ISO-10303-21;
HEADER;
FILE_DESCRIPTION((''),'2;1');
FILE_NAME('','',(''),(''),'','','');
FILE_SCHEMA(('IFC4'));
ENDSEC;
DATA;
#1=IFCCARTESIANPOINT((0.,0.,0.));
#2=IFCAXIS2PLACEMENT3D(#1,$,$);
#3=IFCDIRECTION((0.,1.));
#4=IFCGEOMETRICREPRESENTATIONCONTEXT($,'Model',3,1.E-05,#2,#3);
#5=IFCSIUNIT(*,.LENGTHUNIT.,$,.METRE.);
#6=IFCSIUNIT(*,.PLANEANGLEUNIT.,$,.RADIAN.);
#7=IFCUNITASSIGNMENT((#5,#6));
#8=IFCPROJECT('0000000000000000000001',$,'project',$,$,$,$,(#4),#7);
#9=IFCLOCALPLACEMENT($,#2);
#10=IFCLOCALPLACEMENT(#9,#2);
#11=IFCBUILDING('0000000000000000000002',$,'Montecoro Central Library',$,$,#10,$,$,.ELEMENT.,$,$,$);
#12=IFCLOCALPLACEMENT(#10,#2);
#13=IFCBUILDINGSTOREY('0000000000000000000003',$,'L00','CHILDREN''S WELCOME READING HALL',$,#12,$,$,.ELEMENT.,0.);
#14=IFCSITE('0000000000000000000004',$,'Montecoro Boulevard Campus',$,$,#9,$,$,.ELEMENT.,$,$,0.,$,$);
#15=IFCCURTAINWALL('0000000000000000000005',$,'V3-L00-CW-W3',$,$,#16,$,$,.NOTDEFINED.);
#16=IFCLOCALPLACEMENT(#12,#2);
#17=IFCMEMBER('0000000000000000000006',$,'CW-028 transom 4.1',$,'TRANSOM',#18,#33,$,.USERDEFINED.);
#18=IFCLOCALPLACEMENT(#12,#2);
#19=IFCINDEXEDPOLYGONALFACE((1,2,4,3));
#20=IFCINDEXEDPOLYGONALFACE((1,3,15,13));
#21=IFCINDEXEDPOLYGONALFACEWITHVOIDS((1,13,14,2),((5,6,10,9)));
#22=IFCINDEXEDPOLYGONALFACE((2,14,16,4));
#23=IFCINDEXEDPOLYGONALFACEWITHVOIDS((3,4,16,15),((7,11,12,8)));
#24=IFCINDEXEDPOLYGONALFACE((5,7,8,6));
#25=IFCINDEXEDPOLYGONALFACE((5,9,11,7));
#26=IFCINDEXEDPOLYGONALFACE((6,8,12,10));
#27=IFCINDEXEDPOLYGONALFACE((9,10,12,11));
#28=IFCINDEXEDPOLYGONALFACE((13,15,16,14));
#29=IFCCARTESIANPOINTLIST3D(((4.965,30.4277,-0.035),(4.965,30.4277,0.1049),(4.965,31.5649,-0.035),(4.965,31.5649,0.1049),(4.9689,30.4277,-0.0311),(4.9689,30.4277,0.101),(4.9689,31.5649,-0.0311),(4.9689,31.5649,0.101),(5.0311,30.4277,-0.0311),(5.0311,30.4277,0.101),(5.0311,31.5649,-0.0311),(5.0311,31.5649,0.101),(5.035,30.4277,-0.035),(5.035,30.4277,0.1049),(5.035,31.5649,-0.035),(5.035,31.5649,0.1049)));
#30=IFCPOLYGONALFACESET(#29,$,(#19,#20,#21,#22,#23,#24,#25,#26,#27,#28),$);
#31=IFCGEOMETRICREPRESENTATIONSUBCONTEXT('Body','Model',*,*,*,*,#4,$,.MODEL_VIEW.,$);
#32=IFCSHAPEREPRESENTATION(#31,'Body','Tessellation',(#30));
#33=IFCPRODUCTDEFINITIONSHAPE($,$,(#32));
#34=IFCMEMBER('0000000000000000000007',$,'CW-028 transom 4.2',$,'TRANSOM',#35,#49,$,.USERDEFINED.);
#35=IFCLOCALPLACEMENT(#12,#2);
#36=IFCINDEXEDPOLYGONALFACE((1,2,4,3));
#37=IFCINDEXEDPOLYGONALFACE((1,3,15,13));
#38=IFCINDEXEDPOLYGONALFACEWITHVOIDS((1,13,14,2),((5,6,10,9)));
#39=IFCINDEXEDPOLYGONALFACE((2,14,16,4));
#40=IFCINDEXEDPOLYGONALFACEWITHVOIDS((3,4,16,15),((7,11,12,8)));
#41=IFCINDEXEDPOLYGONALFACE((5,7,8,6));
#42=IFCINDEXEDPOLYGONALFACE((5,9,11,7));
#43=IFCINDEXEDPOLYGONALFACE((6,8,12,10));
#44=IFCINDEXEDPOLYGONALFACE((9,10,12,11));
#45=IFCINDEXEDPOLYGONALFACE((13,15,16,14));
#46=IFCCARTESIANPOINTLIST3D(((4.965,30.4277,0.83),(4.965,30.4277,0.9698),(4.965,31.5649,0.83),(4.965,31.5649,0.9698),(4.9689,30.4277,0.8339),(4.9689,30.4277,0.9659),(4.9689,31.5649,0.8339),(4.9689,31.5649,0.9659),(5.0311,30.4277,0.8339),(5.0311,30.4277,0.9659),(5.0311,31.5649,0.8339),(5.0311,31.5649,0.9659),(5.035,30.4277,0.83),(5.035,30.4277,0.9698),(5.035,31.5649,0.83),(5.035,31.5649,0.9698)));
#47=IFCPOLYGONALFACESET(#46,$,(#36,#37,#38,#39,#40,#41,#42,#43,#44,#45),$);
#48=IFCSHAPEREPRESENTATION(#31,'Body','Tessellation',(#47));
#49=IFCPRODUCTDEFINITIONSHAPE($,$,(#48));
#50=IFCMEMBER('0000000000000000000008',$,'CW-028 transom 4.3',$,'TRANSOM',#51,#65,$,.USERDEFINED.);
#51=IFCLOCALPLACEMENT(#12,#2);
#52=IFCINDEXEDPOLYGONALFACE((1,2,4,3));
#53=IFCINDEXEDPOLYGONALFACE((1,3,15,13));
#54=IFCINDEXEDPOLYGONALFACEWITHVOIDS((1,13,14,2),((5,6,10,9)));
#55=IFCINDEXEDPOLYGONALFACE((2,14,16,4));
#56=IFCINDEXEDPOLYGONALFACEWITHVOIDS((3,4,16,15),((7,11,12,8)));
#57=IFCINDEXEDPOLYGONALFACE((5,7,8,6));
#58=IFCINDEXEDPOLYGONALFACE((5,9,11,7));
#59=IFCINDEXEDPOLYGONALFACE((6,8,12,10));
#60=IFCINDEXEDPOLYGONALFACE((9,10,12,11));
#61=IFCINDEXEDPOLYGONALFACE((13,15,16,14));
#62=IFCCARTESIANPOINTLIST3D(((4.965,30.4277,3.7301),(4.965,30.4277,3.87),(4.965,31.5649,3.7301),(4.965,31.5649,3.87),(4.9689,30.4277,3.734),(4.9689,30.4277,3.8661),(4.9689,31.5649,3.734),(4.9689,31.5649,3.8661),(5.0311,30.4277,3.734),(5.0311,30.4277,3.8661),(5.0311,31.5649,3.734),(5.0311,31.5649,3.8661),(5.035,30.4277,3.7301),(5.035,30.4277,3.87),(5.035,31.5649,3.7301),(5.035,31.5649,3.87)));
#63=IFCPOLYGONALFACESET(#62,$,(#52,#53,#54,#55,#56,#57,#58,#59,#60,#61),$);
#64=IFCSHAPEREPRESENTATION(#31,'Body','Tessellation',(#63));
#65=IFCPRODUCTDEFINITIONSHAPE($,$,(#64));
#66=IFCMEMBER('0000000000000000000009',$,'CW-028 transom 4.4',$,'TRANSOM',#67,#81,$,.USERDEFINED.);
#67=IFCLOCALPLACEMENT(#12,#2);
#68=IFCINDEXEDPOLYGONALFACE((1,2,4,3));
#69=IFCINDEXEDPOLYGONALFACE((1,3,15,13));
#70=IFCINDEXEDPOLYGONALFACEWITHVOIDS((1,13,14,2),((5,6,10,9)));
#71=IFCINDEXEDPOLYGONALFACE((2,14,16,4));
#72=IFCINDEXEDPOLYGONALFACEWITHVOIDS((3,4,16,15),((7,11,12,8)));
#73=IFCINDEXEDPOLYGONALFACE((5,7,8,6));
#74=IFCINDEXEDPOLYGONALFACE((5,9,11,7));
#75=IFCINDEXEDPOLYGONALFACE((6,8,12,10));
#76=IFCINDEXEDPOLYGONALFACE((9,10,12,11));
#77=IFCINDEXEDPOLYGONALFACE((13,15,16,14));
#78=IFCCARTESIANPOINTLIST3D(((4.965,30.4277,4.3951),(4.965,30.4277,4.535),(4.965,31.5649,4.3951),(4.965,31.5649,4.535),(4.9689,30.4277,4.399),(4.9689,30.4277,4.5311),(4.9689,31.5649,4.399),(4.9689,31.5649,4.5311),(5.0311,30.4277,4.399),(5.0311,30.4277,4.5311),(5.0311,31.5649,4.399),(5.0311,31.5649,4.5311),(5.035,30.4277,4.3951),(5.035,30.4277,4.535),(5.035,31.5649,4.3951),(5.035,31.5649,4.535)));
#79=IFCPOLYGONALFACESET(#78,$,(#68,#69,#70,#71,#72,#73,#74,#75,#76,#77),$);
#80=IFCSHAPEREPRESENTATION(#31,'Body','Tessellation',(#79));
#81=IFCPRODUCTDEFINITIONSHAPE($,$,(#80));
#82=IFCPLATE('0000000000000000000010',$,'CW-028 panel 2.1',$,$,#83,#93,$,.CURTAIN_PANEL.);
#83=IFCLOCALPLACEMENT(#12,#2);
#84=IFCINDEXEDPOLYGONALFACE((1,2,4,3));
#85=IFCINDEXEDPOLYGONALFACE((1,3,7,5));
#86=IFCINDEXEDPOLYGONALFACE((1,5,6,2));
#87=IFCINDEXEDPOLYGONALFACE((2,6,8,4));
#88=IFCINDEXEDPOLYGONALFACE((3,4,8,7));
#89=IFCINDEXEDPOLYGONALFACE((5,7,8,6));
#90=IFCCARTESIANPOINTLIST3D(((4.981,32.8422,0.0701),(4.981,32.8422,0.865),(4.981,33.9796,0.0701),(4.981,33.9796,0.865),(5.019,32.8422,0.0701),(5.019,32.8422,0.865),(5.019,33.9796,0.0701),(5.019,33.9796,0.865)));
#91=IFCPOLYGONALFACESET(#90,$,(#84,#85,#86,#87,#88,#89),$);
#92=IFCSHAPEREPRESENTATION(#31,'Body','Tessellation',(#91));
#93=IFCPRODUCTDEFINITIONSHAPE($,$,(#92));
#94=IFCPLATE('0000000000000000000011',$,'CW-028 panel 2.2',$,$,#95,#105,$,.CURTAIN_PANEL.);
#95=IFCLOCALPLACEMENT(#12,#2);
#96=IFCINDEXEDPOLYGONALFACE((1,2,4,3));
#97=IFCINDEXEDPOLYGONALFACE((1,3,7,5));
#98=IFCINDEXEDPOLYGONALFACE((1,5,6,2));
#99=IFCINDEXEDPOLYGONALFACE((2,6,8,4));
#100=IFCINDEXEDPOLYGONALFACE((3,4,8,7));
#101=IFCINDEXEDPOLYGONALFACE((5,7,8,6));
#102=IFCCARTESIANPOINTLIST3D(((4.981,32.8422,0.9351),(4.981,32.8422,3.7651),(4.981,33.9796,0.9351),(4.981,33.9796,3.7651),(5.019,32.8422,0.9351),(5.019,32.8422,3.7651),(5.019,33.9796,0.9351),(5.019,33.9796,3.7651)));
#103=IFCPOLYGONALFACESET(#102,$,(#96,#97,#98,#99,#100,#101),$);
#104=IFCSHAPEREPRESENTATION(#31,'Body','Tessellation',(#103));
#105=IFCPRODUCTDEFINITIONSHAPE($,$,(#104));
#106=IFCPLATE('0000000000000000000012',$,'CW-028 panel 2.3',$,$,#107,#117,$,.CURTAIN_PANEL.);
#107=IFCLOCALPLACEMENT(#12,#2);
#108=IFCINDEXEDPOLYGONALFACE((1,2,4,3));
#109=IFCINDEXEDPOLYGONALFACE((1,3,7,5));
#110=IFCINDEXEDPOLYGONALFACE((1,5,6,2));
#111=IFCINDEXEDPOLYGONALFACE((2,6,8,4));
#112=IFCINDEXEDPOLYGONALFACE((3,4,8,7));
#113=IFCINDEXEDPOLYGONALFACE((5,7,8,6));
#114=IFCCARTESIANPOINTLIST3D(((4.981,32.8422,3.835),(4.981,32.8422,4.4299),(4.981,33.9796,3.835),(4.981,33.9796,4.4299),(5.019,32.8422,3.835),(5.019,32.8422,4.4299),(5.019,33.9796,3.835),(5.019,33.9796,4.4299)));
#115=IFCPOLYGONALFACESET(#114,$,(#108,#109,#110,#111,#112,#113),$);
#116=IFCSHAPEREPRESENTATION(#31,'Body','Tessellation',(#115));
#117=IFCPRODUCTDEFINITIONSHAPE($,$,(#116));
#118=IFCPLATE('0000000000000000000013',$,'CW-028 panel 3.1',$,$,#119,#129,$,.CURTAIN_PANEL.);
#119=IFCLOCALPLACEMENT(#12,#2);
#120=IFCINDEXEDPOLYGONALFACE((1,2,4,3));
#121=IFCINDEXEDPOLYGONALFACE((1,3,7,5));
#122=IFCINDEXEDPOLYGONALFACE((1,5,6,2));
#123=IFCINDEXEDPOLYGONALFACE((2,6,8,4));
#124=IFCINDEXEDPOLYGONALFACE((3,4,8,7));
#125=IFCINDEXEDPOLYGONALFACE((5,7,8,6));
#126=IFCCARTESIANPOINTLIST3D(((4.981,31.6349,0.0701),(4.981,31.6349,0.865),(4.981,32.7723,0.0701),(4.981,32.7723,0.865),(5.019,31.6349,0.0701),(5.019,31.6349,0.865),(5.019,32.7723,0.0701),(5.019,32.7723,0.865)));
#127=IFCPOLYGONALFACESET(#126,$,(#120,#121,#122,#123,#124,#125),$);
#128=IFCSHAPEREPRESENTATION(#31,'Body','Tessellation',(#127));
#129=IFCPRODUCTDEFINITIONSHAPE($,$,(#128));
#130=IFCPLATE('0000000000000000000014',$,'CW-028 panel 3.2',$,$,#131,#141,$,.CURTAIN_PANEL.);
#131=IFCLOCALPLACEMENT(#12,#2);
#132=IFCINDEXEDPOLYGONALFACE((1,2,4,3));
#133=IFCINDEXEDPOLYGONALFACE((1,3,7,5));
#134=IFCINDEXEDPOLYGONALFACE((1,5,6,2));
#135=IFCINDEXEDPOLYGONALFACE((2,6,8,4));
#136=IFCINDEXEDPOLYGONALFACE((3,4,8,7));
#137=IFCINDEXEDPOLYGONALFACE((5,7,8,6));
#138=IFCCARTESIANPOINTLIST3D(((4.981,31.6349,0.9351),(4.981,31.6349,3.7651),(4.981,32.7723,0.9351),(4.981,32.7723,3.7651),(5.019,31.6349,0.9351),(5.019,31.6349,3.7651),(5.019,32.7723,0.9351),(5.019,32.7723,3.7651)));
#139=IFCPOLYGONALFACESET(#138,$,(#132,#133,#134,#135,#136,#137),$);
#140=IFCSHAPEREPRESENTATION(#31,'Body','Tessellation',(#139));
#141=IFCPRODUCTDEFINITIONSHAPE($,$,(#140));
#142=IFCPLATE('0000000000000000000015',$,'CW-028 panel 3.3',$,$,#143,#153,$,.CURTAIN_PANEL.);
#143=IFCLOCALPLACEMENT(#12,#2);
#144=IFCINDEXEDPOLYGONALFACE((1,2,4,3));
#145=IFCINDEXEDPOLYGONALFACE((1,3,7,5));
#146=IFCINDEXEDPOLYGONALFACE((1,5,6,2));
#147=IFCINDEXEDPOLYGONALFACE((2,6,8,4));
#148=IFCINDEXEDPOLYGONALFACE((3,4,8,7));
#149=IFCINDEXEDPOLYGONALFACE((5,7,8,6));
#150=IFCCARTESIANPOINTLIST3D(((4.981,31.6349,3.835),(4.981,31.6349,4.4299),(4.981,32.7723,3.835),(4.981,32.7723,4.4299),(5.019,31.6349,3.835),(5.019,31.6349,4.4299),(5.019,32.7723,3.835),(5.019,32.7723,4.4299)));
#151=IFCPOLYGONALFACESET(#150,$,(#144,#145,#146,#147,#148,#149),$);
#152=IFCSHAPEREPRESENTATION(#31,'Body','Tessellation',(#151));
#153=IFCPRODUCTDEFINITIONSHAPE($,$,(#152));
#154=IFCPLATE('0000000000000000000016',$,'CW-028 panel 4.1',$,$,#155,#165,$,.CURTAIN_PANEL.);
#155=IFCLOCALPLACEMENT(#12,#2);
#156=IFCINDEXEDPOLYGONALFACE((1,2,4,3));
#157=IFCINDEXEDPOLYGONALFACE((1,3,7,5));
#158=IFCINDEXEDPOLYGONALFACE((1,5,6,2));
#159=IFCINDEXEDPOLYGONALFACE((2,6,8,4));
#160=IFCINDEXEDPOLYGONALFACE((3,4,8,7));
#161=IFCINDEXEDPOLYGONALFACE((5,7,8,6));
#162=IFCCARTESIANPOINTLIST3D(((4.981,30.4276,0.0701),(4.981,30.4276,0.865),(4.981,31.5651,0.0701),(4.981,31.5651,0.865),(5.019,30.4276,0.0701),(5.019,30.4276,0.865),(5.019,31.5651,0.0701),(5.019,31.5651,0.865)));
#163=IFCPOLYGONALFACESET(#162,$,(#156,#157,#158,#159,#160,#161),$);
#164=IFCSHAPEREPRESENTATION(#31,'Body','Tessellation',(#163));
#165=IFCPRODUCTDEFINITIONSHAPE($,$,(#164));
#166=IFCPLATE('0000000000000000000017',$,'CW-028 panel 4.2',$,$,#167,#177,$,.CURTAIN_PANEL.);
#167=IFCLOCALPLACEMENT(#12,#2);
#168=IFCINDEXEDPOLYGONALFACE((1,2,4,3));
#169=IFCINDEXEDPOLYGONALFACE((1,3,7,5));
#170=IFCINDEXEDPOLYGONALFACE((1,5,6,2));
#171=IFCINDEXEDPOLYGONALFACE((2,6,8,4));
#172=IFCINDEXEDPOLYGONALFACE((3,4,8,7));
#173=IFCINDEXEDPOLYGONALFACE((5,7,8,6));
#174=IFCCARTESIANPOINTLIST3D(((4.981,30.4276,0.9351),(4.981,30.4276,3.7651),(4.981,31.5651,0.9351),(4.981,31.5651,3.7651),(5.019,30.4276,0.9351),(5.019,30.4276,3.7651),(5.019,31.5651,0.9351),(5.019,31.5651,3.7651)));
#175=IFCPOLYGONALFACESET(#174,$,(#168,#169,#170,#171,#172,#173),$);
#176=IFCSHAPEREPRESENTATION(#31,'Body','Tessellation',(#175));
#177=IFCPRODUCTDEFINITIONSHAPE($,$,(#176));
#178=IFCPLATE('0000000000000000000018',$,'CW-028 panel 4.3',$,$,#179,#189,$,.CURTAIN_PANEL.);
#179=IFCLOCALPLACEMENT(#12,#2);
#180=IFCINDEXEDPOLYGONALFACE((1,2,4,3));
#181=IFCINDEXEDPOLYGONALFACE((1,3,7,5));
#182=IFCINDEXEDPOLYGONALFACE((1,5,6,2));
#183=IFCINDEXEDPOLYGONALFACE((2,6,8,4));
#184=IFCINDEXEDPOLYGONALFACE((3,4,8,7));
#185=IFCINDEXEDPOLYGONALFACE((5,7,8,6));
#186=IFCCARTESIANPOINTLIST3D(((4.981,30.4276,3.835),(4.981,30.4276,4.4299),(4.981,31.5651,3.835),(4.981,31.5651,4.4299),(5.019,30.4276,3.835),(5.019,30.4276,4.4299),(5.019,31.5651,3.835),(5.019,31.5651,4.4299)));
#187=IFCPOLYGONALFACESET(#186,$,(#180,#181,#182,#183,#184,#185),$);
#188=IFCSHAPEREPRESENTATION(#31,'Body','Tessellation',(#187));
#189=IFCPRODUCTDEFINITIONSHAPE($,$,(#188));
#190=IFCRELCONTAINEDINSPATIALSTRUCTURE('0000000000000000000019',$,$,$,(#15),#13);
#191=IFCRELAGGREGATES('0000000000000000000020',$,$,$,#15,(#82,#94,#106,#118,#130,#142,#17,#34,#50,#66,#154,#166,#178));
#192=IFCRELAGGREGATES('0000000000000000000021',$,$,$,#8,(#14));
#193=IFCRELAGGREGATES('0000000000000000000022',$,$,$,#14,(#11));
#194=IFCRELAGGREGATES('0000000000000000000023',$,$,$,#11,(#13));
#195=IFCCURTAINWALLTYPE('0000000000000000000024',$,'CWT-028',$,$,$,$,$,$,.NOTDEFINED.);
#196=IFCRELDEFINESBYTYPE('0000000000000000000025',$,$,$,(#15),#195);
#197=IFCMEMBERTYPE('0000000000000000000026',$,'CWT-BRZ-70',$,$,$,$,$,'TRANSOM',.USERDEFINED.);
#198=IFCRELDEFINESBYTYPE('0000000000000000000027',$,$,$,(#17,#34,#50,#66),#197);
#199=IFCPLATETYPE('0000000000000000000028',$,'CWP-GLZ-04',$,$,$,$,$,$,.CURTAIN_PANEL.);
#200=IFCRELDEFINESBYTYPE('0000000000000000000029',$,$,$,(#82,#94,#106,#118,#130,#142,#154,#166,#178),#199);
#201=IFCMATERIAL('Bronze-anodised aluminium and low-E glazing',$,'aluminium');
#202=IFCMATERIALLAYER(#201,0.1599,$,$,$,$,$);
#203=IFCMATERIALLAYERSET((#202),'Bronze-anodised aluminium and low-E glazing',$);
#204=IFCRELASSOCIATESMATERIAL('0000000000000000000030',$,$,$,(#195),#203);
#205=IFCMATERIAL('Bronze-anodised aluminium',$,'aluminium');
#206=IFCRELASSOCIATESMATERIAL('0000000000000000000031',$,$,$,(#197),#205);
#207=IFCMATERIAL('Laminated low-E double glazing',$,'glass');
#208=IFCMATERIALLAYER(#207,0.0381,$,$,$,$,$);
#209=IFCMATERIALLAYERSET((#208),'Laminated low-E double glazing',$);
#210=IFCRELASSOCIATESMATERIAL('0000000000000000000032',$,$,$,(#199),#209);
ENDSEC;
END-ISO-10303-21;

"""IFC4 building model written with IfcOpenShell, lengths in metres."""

from ifc_helpers import new_model, si_unit, direction, frame, origin, origin_2d, place, context, subcontext, project, spatial, rectangle, hollow_rectangle, extrude, material, layer, layer_set, material_profile, profile_set, type_object, element, aggregate, save


model = new_model("IFC4")

# Units and contexts
model_context = context("Model", 3, precision=1e-05, world=origin(), true_north=direction((0.0, 1.0)))
body_context = subcontext(model_context, "Body", "Model", "MODEL_VIEW")
ifc_project = project(units=[si_unit("LENGTHUNIT", "METRE"), si_unit("PLANEANGLEUNIT", "RADIAN")], contexts=[model_context])

# Site, building, storey
site_placement = place(None, origin())
site = spatial("IfcSite", under=ifc_project, at=site_placement, Name="Montecoro Boulevard Campus", CompositionType="ELEMENT", RefElevation=0.0)
building_placement = place(site_placement, origin())
building = spatial("IfcBuilding", under=site, at=building_placement, Name="Montecoro Central Library", CompositionType="ELEMENT")
storey_placement = place(building_placement, origin())
storey = spatial("IfcBuildingStorey", under=building, at=storey_placement, Name="L00", Description="CHILDREN'S WELCOME READING HALL", CompositionType="ELEMENT", Elevation=0.0)

# Curtain wall, members, plates
ifc_material_1 = material(Name="Bronze-anodised aluminium and low-E glazing", Category="aluminium")
ifc_layer_1 = layer(ifc_material_1, 0.1599)
ifc_layer_set_1 = layer_set([ifc_layer_1], Name="Bronze-anodised aluminium and low-E glazing")
curtain_wall_type = type_object("IfcCurtainWallType", Name="CWT-028", PredefinedType="NOTDEFINED", material=ifc_layer_set_1)
curtain_wall_placement = place(storey_placement, origin())
curtain_wall = element("IfcCurtainWall", 1, at=curtain_wall_placement, inside=storey, type_object=curtain_wall_type, Name="V3-L00-CW-W3", PredefinedType="NOTDEFINED")
ifc_material_2 = material(Name="Bronze-anodised aluminium", Category="aluminium")
ifc_material_profile_1 = material_profile(ifc_material_2, hollow_rectangle(XDim=0.0701, YDim=0.1399, WallThickness=0.0039, at=origin_2d()), Name="CWT 140x70x4.0")
ifc_profile_set_1 = profile_set([ifc_material_profile_1], Name="Bronze-anodised aluminium")
member_type_1 = type_object("IfcMemberType", Name="CWT-BRZ-70", ElementType="TRANSOM", PredefinedType="USERDEFINED", material=ifc_profile_set_1)
member_1_placement = place(storey_placement, frame((5.0, 31.5649, 0.0349), z_axis=(0.0, -1.0, 0.0), x_axis=(1.0, 0.0, 0.0)))
member_1 = element("IfcMember", 2, at=member_1_placement, type_object=member_type_1, Name="CW-028 transom 4.1", ObjectType="TRANSOM", PredefinedType="USERDEFINED", context=body_context, shape_type="SweptSolid", body=[
    extrude(hollow_rectangle(XDim=0.0701, YDim=0.1399, WallThickness=0.0039, at=origin_2d()), origin(), (0.0, 0.0, 1.0), 1.1372),
])
member_2_placement = place(storey_placement, frame((5.0, 31.5649, 0.8999), z_axis=(0.0, -1.0, 0.0), x_axis=(1.0, 0.0, 0.0)))
member_2 = element("IfcMember", 3, at=member_2_placement, type_object=member_type_1, Name="CW-028 transom 4.2", ObjectType="TRANSOM", PredefinedType="USERDEFINED", context=body_context, shape_type="SweptSolid", body=[
    extrude(hollow_rectangle(XDim=0.0701, YDim=0.1399, WallThickness=0.0039, at=origin_2d()), origin(), (0.0, 0.0, 1.0), 1.1372),
])
member_3_placement = place(storey_placement, frame((5.0, 31.5649, 3.8), z_axis=(0.0, -1.0, 0.0), x_axis=(1.0, 0.0, 0.0)))
member_3 = element("IfcMember", 4, at=member_3_placement, type_object=member_type_1, Name="CW-028 transom 4.3", ObjectType="TRANSOM", PredefinedType="USERDEFINED", context=body_context, shape_type="SweptSolid", body=[
    extrude(hollow_rectangle(XDim=0.0701, YDim=0.1399, WallThickness=0.0039, at=origin_2d()), origin(), (0.0, 0.0, 1.0), 1.1372),
])
member_4_placement = place(storey_placement, frame((5.0, 31.5649, 4.4651), z_axis=(0.0, -1.0, 0.0), x_axis=(1.0, 0.0, 0.0)))
member_4 = element("IfcMember", 5, at=member_4_placement, type_object=member_type_1, Name="CW-028 transom 4.4", ObjectType="TRANSOM", PredefinedType="USERDEFINED", context=body_context, shape_type="SweptSolid", body=[
    extrude(hollow_rectangle(XDim=0.0701, YDim=0.1399, WallThickness=0.0039, at=origin_2d()), origin(), (0.0, 0.0, 1.0), 1.1372),
])
ifc_material_3 = material(Name="Laminated low-E double glazing", Category="glass")
ifc_layer_2 = layer(ifc_material_3, 0.0381)
ifc_layer_set_2 = layer_set([ifc_layer_2], Name="Laminated low-E double glazing")
plate_type = type_object("IfcPlateType", Name="CWP-GLZ-04", PredefinedType="CURTAIN_PANEL", material=ifc_layer_set_2)
plate_1_placement = place(storey_placement, frame((5.0, 33.4109, 0.0701), z_axis=(0.0, 0.0, 1.0), x_axis=(0.0, -1.0, 0.0)))
plate_1 = element("IfcPlate", 6, at=plate_1_placement, type_object=plate_type, Name="CW-028 panel 2.1", PredefinedType="CURTAIN_PANEL", context=body_context, shape_type="SweptSolid", body=[
    extrude(rectangle(XDim=1.1375, YDim=0.0381, at=origin_2d()), origin(), (0.0, 0.0, 1.0), 0.7949),
])
plate_2_placement = place(storey_placement, frame((5.0, 33.4109, 0.9351), z_axis=(0.0, 0.0, 1.0), x_axis=(0.0, -1.0, 0.0)))
plate_2 = element("IfcPlate", 7, at=plate_2_placement, type_object=plate_type, Name="CW-028 panel 2.2", PredefinedType="CURTAIN_PANEL", context=body_context, shape_type="SweptSolid", body=[
    extrude(rectangle(XDim=1.1375, YDim=0.0381, at=origin_2d()), origin(), (0.0, 0.0, 1.0), 2.8301),
])
plate_3_placement = place(storey_placement, frame((5.0, 33.4109, 3.835), z_axis=(0.0, 0.0, 1.0), x_axis=(0.0, -1.0, 0.0)))
plate_3 = element("IfcPlate", 8, at=plate_3_placement, type_object=plate_type, Name="CW-028 panel 2.3", PredefinedType="CURTAIN_PANEL", context=body_context, shape_type="SweptSolid", body=[
    extrude(rectangle(XDim=1.1375, YDim=0.0381, at=origin_2d()), origin(), (0.0, 0.0, 1.0), 0.595),
])
plate_4_placement = place(storey_placement, frame((5.0, 32.2036, 0.0701), z_axis=(0.0, 0.0, 1.0), x_axis=(0.0, -1.0, 0.0)))
plate_4 = element("IfcPlate", 9, at=plate_4_placement, type_object=plate_type, Name="CW-028 panel 3.1", PredefinedType="CURTAIN_PANEL", context=body_context, shape_type="SweptSolid", body=[
    extrude(rectangle(XDim=1.1375, YDim=0.0381, at=origin_2d()), origin(), (0.0, 0.0, 1.0), 0.7949),
])
plate_5_placement = place(storey_placement, frame((5.0, 32.2036, 0.9351), z_axis=(0.0, 0.0, 1.0), x_axis=(0.0, -1.0, 0.0)))
plate_5 = element("IfcPlate", 10, at=plate_5_placement, type_object=plate_type, Name="CW-028 panel 3.2", PredefinedType="CURTAIN_PANEL", context=body_context, shape_type="SweptSolid", body=[
    extrude(rectangle(XDim=1.1375, YDim=0.0381, at=origin_2d()), origin(), (0.0, 0.0, 1.0), 2.8301),
])
plate_6_placement = place(storey_placement, frame((5.0, 32.2036, 3.835), z_axis=(0.0, 0.0, 1.0), x_axis=(0.0, -1.0, 0.0)))
plate_6 = element("IfcPlate", 11, at=plate_6_placement, type_object=plate_type, Name="CW-028 panel 3.3", PredefinedType="CURTAIN_PANEL", context=body_context, shape_type="SweptSolid", body=[
    extrude(rectangle(XDim=1.1375, YDim=0.0381, at=origin_2d()), origin(), (0.0, 0.0, 1.0), 0.595),
])
plate_7_placement = place(storey_placement, frame((5.0, 30.9963, 0.0701), z_axis=(0.0, 0.0, 1.0), x_axis=(0.0, -1.0, 0.0)))
plate_7 = element("IfcPlate", 12, at=plate_7_placement, type_object=plate_type, Name="CW-028 panel 4.1", PredefinedType="CURTAIN_PANEL", context=body_context, shape_type="SweptSolid", body=[
    extrude(rectangle(XDim=1.1375, YDim=0.0381, at=origin_2d()), origin(), (0.0, 0.0, 1.0), 0.7949),
])
plate_8_placement = place(storey_placement, frame((5.0, 30.9963, 0.9351), z_axis=(0.0, 0.0, 1.0), x_axis=(0.0, -1.0, 0.0)))
plate_8 = element("IfcPlate", 13, at=plate_8_placement, type_object=plate_type, Name="CW-028 panel 4.2", PredefinedType="CURTAIN_PANEL", context=body_context, shape_type="SweptSolid", body=[
    extrude(rectangle(XDim=1.1375, YDim=0.0381, at=origin_2d()), origin(), (0.0, 0.0, 1.0), 2.8301),
])
plate_9_placement = place(storey_placement, frame((5.0, 30.9963, 3.835), z_axis=(0.0, 0.0, 1.0), x_axis=(0.0, -1.0, 0.0)))
plate_9 = element("IfcPlate", 14, at=plate_9_placement, type_object=plate_type, Name="CW-028 panel 4.3", PredefinedType="CURTAIN_PANEL", context=body_context, shape_type="SweptSolid", body=[
    extrude(rectangle(XDim=1.1375, YDim=0.0381, at=origin_2d()), origin(), (0.0, 0.0, 1.0), 0.595),
])
aggregate(curtain_wall, [plate_1, plate_2, plate_3, plate_4, plate_5, plate_6, member_1, member_2, member_3, member_4, plate_7, plate_8, plate_9])

save(model, "model.ifc")
